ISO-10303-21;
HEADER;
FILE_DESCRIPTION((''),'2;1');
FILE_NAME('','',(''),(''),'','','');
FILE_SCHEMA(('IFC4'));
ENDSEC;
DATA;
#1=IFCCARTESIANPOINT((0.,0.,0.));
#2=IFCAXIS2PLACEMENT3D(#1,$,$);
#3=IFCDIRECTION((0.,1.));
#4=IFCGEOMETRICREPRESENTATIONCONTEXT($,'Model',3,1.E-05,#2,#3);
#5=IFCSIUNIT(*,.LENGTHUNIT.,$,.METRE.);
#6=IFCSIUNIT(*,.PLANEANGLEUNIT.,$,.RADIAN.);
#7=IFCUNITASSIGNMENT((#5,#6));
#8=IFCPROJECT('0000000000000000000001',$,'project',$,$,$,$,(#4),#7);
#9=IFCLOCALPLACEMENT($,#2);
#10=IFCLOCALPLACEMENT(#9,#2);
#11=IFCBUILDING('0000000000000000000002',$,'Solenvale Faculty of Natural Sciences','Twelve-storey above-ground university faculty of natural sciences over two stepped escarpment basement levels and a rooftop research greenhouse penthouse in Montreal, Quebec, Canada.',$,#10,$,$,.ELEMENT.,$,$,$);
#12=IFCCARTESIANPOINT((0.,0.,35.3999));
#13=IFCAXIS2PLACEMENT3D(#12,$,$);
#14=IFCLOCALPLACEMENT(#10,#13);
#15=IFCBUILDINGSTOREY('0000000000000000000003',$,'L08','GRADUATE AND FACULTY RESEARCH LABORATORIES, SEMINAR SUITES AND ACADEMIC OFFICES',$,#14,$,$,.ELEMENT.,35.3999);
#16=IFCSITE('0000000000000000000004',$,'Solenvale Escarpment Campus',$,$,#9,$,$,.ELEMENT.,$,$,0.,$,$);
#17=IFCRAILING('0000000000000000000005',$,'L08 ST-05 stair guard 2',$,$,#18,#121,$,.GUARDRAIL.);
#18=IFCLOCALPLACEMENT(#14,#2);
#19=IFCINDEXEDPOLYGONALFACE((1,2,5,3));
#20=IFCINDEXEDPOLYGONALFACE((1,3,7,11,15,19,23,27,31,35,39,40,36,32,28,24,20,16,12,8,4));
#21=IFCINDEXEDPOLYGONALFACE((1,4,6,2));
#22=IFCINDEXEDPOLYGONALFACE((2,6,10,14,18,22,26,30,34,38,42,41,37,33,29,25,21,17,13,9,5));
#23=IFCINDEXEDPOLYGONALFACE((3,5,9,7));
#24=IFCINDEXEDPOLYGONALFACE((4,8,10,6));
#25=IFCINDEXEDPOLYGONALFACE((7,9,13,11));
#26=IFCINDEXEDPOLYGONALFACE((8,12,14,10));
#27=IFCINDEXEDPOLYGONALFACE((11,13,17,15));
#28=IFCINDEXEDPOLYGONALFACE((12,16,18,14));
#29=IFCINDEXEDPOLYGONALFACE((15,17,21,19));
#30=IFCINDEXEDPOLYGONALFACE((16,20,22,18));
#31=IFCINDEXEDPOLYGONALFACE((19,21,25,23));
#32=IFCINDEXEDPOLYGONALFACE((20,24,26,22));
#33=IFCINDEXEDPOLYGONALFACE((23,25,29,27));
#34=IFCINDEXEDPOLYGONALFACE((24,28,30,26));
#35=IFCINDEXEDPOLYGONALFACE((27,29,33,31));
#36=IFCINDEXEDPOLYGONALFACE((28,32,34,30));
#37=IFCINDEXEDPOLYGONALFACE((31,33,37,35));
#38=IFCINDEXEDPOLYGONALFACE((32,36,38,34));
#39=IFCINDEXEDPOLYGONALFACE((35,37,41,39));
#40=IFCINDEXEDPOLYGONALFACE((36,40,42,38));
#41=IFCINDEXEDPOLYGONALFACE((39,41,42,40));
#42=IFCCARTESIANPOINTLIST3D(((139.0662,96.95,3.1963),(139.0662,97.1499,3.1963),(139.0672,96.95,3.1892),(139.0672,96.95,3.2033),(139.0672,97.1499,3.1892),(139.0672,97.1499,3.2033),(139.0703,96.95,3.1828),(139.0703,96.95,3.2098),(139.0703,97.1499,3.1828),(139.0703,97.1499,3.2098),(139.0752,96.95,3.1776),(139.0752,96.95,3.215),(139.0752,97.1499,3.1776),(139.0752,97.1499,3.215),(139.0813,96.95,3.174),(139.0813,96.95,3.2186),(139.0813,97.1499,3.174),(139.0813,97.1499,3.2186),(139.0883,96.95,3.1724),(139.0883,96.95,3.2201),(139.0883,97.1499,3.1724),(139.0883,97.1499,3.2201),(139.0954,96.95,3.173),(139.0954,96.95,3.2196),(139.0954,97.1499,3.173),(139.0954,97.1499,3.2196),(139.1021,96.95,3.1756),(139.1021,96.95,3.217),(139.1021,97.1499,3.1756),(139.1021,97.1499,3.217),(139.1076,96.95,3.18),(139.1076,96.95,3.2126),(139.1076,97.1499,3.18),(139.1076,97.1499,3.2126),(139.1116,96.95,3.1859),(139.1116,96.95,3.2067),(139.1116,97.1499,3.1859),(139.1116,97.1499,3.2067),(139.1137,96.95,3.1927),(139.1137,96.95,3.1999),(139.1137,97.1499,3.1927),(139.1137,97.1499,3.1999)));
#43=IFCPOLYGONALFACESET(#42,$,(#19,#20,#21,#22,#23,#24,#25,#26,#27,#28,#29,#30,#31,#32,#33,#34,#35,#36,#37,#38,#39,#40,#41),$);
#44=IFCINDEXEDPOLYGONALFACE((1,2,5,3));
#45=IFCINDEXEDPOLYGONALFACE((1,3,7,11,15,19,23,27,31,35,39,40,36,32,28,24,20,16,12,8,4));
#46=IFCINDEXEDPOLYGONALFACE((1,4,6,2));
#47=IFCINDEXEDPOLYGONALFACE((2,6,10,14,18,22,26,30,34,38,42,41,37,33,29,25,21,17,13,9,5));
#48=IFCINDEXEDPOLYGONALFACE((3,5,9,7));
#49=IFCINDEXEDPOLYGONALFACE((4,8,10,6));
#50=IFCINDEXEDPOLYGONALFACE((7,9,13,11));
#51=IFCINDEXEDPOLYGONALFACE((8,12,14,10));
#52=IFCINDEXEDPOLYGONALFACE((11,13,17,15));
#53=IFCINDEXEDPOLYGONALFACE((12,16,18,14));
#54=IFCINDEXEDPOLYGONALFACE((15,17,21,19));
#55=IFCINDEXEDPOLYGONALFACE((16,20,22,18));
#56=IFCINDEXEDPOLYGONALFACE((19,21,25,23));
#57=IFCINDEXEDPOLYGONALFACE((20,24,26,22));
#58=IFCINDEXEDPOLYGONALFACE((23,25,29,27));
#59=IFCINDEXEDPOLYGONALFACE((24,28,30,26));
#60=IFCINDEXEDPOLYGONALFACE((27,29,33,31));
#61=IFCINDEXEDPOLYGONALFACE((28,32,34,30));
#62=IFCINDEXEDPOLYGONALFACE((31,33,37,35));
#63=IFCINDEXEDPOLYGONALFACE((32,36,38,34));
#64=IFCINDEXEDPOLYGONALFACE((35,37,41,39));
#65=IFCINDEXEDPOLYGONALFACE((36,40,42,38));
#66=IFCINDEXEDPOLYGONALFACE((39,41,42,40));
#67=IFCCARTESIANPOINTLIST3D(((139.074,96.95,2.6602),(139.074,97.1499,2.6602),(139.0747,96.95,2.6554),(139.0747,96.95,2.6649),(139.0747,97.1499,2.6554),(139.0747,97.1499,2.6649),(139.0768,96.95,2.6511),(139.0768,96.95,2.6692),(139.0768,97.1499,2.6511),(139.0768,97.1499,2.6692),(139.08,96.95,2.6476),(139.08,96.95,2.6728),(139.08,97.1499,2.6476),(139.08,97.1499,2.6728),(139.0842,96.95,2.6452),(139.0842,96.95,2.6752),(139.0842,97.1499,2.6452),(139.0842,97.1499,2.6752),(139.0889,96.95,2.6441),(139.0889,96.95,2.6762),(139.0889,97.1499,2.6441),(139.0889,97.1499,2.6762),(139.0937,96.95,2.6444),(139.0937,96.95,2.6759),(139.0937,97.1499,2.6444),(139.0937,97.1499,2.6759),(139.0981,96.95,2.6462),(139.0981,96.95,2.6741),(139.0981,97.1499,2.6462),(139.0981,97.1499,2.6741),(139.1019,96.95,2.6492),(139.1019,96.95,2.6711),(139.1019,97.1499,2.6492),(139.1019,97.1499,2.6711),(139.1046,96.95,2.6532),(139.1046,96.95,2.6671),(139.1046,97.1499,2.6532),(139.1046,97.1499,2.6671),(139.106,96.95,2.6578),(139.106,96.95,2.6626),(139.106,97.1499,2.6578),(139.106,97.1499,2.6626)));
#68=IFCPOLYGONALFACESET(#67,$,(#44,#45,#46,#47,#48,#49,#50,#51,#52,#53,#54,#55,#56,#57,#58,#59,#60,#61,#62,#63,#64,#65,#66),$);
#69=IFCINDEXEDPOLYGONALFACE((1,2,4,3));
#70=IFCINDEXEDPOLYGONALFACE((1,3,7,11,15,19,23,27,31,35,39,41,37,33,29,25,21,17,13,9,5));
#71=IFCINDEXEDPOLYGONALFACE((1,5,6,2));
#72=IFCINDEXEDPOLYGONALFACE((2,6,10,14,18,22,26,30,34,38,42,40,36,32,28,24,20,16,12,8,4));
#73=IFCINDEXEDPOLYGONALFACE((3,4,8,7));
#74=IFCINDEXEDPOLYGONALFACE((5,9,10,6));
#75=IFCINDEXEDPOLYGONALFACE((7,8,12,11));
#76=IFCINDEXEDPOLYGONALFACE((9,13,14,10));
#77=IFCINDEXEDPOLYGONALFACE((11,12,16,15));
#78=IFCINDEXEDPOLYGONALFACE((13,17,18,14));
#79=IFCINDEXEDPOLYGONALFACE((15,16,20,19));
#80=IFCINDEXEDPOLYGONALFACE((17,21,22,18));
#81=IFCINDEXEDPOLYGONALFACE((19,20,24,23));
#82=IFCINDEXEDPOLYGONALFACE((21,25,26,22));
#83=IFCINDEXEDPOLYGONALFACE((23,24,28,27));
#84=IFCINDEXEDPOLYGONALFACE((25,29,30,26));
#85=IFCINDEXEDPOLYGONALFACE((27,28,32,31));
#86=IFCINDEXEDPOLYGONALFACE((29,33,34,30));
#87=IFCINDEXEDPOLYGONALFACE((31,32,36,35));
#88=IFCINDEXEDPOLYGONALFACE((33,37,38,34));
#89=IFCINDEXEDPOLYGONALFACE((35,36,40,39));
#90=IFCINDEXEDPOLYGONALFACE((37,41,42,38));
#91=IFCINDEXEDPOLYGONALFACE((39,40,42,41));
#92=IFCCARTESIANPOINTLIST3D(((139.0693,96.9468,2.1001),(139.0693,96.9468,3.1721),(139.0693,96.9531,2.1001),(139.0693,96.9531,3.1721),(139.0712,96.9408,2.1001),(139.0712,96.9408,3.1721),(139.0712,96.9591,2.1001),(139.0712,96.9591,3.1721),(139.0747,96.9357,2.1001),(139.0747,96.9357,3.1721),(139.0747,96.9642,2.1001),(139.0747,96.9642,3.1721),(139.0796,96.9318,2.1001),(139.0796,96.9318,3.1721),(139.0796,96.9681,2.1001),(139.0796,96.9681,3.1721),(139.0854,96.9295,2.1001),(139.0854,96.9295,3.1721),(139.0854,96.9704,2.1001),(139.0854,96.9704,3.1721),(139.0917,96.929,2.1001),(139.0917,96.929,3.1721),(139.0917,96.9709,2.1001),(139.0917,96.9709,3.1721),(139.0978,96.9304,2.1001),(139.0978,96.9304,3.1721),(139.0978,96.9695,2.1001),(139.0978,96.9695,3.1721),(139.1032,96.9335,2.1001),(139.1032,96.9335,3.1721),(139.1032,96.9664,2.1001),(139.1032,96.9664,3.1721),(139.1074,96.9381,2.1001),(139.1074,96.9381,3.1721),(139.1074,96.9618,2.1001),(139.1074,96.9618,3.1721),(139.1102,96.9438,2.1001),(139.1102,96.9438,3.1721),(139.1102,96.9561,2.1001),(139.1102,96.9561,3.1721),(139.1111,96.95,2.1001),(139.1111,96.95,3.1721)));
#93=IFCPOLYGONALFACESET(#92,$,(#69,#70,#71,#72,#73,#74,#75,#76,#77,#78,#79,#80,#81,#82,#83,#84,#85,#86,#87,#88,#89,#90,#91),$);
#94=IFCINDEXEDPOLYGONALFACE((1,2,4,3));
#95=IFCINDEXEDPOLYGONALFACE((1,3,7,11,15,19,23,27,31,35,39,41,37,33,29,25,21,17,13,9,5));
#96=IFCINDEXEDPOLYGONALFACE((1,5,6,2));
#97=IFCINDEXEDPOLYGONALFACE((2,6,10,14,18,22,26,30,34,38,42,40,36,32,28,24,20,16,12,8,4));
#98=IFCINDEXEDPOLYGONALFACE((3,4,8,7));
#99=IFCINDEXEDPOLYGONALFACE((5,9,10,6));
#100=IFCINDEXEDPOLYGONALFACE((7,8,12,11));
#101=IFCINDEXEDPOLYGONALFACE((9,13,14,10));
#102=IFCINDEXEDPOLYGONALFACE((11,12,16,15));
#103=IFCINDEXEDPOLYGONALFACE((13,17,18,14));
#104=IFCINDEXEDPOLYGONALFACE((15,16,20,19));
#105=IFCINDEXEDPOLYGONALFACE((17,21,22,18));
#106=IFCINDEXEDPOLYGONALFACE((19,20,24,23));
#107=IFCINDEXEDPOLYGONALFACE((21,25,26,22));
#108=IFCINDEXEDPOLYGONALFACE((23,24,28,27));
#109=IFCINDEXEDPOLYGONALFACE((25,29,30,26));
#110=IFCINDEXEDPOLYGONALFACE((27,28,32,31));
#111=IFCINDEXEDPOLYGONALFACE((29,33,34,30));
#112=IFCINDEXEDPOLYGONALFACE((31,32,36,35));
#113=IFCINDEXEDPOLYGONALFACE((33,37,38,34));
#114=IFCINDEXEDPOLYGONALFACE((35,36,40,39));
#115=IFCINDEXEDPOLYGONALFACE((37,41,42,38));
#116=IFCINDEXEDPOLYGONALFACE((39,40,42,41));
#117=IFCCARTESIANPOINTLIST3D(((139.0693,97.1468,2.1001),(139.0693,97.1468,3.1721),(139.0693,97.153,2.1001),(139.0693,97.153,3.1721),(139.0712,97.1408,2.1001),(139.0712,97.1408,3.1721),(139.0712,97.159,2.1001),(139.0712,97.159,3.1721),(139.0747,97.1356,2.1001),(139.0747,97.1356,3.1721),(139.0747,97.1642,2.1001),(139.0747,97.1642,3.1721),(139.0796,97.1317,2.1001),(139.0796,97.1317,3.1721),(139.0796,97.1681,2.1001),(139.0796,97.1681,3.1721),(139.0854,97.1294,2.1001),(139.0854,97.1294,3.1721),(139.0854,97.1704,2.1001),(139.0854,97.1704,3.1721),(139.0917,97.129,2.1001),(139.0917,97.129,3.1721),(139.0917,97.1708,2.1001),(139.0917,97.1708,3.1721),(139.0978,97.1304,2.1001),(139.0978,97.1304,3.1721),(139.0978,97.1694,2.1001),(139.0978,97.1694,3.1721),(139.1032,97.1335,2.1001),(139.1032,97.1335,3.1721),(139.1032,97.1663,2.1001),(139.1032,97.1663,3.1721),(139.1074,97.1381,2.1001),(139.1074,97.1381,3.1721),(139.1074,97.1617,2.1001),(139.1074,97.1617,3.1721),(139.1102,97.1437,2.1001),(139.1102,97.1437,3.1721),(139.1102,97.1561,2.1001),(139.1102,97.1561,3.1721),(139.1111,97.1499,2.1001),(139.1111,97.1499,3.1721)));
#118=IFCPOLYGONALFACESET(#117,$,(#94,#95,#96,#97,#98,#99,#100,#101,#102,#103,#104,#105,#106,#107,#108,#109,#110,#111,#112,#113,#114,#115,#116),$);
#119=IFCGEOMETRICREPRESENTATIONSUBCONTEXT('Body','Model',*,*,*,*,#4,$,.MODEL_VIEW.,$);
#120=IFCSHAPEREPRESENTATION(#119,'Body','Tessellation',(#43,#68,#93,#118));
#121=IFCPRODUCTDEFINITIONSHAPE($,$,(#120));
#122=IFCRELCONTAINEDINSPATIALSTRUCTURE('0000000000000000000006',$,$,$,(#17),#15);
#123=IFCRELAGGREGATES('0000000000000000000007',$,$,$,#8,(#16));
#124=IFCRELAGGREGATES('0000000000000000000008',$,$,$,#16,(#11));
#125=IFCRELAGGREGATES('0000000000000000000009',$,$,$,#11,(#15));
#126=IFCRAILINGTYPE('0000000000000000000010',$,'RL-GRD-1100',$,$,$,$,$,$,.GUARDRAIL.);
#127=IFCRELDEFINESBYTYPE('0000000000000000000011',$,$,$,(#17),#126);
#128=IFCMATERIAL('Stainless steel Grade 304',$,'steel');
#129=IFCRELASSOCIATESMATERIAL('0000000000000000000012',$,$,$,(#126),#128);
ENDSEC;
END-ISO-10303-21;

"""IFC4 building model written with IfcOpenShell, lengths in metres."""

from ifc_helpers import new_model, si_unit, direction, frame, origin, origin_2d, place, context, subcontext, project, spatial, circle, extrude, material, type_object, element, save


model = new_model("IFC4")

# Units and contexts
model_context = context("Model", 3, precision=1e-05, world=origin(), true_north=direction((0.0, 1.0)))
body_context = subcontext(model_context, "Body", "Model", "MODEL_VIEW")
ifc_project = project(units=[si_unit("LENGTHUNIT", "METRE"), si_unit("PLANEANGLEUNIT", "RADIAN")], contexts=[model_context])

# Site, building, storey
site_placement = place(None, origin())
site = spatial("IfcSite", under=ifc_project, at=site_placement, Name="Solenvale Escarpment Campus", CompositionType="ELEMENT", RefElevation=0.0)
building_placement = place(site_placement, origin())
building = spatial("IfcBuilding", under=site, at=building_placement, Name="Solenvale Faculty of Natural Sciences", Description="Twelve-storey above-ground university faculty of natural sciences over two stepped escarpment basement levels and a rooftop research greenhouse penthouse in Montreal, Quebec, Canada.", CompositionType="ELEMENT")
storey_placement = place(building_placement, frame((0.0, 0.0, 35.3999)))
storey = spatial("IfcBuildingStorey", under=building, at=storey_placement, Name="L08", Description="GRADUATE AND FACULTY RESEARCH LABORATORIES, SEMINAR SUITES AND ACADEMIC OFFICES", CompositionType="ELEMENT", Elevation=35.3999)

# Shared definitions
ifc_material_1 = material(Name="Stainless steel Grade 304", Category="steel")

# Railing
railing_type_1 = type_object("IfcRailingType", Name="RL-GRD-1100", PredefinedType="GUARDRAIL", material=ifc_material_1)
railing_1_placement = place(storey_placement, frame((139.0901, 96.95, 2.1001)))
element("IfcRailing", 1, at=railing_1_placement, inside=storey, type_object=railing_type_1, Name="L08 ST-05 stair guard 2", PredefinedType="GUARDRAIL", context=body_context, shape_type="SweptSolid", body=[
    extrude(circle(Radius=0.0239, at=origin_2d()), frame((0.0, 0.0, 1.0962), z_axis=(0.0, 1.0, 0.0), x_axis=(-1.0, 0.0, 0.0)), (0.0, 0.0, 1.0), 0.2),
    extrude(circle(Radius=0.0161, at=origin_2d()), frame((0.0, 0.0, 0.5601), z_axis=(0.0, 1.0, 0.0), x_axis=(-1.0, 0.0, 0.0)), (0.0, 0.0, 1.0), 0.2),
    extrude(circle(Radius=0.021, at=origin_2d()), origin(), (0.0, 0.0, 1.0), 1.072),
    extrude(circle(Radius=0.021, at=origin_2d()), frame((0.0, 0.2, 0.0)), (0.0, 0.0, 1.0), 1.072),
])

save(model, "model.ifc")
